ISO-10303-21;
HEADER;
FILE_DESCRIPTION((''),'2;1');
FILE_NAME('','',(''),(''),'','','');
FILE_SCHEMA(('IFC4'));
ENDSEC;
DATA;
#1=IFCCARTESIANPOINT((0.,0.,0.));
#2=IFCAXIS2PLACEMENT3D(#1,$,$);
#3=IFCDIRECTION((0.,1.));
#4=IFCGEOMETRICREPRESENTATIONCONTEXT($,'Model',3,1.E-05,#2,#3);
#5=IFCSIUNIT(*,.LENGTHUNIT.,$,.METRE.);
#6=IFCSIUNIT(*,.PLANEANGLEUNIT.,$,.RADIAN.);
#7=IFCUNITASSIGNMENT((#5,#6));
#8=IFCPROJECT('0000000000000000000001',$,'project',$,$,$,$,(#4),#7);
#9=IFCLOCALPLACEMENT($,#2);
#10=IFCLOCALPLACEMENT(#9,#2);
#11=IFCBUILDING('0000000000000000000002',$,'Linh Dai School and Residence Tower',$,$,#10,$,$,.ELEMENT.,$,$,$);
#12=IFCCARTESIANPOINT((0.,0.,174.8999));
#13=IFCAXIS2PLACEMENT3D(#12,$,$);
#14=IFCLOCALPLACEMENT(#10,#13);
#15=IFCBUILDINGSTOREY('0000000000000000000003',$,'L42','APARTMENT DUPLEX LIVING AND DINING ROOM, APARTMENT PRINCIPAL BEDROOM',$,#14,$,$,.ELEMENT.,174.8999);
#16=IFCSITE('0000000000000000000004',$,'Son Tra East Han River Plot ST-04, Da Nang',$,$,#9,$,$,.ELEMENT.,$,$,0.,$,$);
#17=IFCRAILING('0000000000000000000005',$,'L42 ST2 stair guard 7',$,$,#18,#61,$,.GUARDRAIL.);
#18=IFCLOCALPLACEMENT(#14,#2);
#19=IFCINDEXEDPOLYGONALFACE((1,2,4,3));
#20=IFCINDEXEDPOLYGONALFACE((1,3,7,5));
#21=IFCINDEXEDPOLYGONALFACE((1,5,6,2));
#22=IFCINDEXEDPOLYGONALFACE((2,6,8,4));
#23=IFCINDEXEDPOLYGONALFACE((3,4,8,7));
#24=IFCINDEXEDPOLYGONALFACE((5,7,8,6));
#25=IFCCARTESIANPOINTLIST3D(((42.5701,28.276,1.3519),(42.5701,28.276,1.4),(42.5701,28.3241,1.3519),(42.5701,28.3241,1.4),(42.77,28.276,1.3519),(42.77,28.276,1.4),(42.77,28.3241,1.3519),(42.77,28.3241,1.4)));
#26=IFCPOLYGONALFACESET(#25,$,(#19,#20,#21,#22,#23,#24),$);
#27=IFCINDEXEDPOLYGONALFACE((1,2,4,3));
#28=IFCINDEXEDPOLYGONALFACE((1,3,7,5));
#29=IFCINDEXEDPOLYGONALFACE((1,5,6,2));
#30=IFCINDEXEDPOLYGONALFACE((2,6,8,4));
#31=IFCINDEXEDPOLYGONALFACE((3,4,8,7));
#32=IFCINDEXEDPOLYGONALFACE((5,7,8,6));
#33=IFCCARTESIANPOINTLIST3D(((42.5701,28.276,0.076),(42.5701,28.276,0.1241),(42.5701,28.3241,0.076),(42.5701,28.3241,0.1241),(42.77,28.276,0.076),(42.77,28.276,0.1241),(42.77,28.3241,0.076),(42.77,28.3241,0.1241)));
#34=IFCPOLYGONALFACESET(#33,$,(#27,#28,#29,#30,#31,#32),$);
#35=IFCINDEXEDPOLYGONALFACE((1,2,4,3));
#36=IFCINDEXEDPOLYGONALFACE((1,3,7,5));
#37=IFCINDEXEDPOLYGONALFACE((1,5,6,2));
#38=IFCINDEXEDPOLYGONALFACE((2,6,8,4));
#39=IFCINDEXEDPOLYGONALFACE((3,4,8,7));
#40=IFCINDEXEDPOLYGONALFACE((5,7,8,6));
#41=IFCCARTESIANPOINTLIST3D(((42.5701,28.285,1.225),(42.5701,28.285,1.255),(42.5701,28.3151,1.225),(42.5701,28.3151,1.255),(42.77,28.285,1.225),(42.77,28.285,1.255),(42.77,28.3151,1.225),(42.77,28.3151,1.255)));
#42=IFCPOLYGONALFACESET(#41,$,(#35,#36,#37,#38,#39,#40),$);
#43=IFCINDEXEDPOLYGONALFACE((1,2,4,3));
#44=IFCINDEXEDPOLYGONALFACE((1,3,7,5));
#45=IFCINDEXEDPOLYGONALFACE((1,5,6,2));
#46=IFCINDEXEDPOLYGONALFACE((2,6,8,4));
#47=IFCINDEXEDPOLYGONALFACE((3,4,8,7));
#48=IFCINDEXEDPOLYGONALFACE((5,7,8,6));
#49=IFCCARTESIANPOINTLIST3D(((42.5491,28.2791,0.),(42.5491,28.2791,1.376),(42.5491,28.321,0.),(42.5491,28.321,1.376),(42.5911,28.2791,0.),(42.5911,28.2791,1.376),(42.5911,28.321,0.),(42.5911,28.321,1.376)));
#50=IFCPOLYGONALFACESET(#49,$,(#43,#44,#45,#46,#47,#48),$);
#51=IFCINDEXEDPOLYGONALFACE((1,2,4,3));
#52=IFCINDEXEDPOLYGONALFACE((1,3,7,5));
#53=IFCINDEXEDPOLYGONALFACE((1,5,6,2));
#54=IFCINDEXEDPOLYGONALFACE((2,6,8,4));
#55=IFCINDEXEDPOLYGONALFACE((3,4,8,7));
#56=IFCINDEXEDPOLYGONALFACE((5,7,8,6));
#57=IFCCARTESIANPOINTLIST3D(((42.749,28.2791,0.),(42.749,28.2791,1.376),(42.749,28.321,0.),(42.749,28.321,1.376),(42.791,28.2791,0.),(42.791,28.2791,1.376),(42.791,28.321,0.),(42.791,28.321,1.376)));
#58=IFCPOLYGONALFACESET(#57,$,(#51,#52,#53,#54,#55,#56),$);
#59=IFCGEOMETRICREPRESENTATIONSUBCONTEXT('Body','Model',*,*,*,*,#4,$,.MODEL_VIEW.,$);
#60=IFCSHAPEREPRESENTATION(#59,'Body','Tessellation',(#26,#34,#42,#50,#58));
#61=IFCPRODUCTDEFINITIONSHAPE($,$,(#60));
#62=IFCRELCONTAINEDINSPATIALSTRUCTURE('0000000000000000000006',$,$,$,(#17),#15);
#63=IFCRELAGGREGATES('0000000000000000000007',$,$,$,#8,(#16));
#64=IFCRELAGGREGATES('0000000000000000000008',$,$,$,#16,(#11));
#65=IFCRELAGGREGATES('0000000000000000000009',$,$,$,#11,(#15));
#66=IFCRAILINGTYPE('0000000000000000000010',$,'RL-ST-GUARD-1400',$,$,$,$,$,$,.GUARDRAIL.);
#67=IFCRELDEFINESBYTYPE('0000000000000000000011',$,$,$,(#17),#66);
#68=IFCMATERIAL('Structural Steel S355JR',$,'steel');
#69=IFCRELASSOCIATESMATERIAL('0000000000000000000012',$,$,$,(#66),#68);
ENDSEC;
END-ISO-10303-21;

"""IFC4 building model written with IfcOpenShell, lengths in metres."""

from ifc_helpers import new_model, si_unit, direction, frame, origin, origin_2d, place, context, subcontext, project, spatial, rectangle, extrude, source, transform, mapped, material, type_object, element, save


model = new_model("IFC4")

# Units and contexts
model_context = context("Model", 3, precision=1e-05, world=origin(), true_north=direction((0.0, 1.0)))
body_context = subcontext(model_context, "Body", "Model", "MODEL_VIEW")
ifc_project = project(units=[si_unit("LENGTHUNIT", "METRE"), si_unit("PLANEANGLEUNIT", "RADIAN")], contexts=[model_context])

# Site, building, storey
site_placement = place(None, origin())
site = spatial("IfcSite", under=ifc_project, at=site_placement, Name="Son Tra East Han River Plot ST-04, Da Nang", CompositionType="ELEMENT", RefElevation=0.0)
building_placement = place(site_placement, origin())
building = spatial("IfcBuilding", under=site, at=building_placement, Name="Linh Dai School and Residence Tower", CompositionType="ELEMENT")
storey_placement = place(building_placement, frame((0.0, 0.0, 174.8999)))
storey = spatial("IfcBuildingStorey", under=building, at=storey_placement, Name="L42", Description="APARTMENT DUPLEX LIVING AND DINING ROOM, APARTMENT PRINCIPAL BEDROOM", CompositionType="ELEMENT", Elevation=174.8999)

# Shared definitions
ifc_material_1 = material(Name="Structural Steel S355JR", Category="steel")

# Railing
railing_type_1 = type_object("IfcRailingType", Name="RL-ST-GUARD-1400", PredefinedType="GUARDRAIL", material=ifc_material_1)
shared_shape_1 = source(origin(), body_context, "Body", "SweptSolid", [
    extrude(rectangle(XDim=0.0481, YDim=0.0481, at=origin_2d()), frame((0.0, 0.0, 1.376), z_axis=(1.0, 0.0, 0.0), x_axis=(0.0, 1.0, 0.0)), (0.0, 0.0, 1.0), 0.2),
    extrude(rectangle(XDim=0.0481, YDim=0.0481, at=origin_2d()), frame((0.0, 0.0, 0.1001), z_axis=(1.0, 0.0, 0.0), x_axis=(0.0, 1.0, 0.0)), (0.0, 0.0, 1.0), 0.2),
    extrude(rectangle(XDim=0.03, YDim=0.03, at=origin_2d()), frame((0.0, 0.0, 1.24), z_axis=(1.0, 0.0, 0.0), x_axis=(0.0, 1.0, 0.0)), (0.0, 0.0, 1.0), 0.2),
    extrude(rectangle(XDim=0.042, YDim=0.042, at=origin_2d()), origin(), (0.0, 0.0, 1.0), 1.376),
    extrude(rectangle(XDim=0.042, YDim=0.042, at=origin_2d()), frame((0.2, 0.0, 0.0)), (0.0, 0.0, 1.0), 1.376),
])
railing_1_placement = place(storey_placement, frame((42.5701, 28.3, 0.0)))
element("IfcRailing", 1, at=railing_1_placement, inside=storey, type_object=railing_type_1, Name="L42 ST2 stair guard 7", PredefinedType="GUARDRAIL", context=body_context, shape_type="MappedRepresentation", body=[
    mapped(shared_shape_1, transform((0.0, 0.0, 0.0), x_axis=(1.0, 0.0, 0.0), y_axis=(0.0, 1.0, 0.0), z_axis=(0.0, 0.0, 1.0), scale=1.0)),
])

save(model, "model.ifc")
